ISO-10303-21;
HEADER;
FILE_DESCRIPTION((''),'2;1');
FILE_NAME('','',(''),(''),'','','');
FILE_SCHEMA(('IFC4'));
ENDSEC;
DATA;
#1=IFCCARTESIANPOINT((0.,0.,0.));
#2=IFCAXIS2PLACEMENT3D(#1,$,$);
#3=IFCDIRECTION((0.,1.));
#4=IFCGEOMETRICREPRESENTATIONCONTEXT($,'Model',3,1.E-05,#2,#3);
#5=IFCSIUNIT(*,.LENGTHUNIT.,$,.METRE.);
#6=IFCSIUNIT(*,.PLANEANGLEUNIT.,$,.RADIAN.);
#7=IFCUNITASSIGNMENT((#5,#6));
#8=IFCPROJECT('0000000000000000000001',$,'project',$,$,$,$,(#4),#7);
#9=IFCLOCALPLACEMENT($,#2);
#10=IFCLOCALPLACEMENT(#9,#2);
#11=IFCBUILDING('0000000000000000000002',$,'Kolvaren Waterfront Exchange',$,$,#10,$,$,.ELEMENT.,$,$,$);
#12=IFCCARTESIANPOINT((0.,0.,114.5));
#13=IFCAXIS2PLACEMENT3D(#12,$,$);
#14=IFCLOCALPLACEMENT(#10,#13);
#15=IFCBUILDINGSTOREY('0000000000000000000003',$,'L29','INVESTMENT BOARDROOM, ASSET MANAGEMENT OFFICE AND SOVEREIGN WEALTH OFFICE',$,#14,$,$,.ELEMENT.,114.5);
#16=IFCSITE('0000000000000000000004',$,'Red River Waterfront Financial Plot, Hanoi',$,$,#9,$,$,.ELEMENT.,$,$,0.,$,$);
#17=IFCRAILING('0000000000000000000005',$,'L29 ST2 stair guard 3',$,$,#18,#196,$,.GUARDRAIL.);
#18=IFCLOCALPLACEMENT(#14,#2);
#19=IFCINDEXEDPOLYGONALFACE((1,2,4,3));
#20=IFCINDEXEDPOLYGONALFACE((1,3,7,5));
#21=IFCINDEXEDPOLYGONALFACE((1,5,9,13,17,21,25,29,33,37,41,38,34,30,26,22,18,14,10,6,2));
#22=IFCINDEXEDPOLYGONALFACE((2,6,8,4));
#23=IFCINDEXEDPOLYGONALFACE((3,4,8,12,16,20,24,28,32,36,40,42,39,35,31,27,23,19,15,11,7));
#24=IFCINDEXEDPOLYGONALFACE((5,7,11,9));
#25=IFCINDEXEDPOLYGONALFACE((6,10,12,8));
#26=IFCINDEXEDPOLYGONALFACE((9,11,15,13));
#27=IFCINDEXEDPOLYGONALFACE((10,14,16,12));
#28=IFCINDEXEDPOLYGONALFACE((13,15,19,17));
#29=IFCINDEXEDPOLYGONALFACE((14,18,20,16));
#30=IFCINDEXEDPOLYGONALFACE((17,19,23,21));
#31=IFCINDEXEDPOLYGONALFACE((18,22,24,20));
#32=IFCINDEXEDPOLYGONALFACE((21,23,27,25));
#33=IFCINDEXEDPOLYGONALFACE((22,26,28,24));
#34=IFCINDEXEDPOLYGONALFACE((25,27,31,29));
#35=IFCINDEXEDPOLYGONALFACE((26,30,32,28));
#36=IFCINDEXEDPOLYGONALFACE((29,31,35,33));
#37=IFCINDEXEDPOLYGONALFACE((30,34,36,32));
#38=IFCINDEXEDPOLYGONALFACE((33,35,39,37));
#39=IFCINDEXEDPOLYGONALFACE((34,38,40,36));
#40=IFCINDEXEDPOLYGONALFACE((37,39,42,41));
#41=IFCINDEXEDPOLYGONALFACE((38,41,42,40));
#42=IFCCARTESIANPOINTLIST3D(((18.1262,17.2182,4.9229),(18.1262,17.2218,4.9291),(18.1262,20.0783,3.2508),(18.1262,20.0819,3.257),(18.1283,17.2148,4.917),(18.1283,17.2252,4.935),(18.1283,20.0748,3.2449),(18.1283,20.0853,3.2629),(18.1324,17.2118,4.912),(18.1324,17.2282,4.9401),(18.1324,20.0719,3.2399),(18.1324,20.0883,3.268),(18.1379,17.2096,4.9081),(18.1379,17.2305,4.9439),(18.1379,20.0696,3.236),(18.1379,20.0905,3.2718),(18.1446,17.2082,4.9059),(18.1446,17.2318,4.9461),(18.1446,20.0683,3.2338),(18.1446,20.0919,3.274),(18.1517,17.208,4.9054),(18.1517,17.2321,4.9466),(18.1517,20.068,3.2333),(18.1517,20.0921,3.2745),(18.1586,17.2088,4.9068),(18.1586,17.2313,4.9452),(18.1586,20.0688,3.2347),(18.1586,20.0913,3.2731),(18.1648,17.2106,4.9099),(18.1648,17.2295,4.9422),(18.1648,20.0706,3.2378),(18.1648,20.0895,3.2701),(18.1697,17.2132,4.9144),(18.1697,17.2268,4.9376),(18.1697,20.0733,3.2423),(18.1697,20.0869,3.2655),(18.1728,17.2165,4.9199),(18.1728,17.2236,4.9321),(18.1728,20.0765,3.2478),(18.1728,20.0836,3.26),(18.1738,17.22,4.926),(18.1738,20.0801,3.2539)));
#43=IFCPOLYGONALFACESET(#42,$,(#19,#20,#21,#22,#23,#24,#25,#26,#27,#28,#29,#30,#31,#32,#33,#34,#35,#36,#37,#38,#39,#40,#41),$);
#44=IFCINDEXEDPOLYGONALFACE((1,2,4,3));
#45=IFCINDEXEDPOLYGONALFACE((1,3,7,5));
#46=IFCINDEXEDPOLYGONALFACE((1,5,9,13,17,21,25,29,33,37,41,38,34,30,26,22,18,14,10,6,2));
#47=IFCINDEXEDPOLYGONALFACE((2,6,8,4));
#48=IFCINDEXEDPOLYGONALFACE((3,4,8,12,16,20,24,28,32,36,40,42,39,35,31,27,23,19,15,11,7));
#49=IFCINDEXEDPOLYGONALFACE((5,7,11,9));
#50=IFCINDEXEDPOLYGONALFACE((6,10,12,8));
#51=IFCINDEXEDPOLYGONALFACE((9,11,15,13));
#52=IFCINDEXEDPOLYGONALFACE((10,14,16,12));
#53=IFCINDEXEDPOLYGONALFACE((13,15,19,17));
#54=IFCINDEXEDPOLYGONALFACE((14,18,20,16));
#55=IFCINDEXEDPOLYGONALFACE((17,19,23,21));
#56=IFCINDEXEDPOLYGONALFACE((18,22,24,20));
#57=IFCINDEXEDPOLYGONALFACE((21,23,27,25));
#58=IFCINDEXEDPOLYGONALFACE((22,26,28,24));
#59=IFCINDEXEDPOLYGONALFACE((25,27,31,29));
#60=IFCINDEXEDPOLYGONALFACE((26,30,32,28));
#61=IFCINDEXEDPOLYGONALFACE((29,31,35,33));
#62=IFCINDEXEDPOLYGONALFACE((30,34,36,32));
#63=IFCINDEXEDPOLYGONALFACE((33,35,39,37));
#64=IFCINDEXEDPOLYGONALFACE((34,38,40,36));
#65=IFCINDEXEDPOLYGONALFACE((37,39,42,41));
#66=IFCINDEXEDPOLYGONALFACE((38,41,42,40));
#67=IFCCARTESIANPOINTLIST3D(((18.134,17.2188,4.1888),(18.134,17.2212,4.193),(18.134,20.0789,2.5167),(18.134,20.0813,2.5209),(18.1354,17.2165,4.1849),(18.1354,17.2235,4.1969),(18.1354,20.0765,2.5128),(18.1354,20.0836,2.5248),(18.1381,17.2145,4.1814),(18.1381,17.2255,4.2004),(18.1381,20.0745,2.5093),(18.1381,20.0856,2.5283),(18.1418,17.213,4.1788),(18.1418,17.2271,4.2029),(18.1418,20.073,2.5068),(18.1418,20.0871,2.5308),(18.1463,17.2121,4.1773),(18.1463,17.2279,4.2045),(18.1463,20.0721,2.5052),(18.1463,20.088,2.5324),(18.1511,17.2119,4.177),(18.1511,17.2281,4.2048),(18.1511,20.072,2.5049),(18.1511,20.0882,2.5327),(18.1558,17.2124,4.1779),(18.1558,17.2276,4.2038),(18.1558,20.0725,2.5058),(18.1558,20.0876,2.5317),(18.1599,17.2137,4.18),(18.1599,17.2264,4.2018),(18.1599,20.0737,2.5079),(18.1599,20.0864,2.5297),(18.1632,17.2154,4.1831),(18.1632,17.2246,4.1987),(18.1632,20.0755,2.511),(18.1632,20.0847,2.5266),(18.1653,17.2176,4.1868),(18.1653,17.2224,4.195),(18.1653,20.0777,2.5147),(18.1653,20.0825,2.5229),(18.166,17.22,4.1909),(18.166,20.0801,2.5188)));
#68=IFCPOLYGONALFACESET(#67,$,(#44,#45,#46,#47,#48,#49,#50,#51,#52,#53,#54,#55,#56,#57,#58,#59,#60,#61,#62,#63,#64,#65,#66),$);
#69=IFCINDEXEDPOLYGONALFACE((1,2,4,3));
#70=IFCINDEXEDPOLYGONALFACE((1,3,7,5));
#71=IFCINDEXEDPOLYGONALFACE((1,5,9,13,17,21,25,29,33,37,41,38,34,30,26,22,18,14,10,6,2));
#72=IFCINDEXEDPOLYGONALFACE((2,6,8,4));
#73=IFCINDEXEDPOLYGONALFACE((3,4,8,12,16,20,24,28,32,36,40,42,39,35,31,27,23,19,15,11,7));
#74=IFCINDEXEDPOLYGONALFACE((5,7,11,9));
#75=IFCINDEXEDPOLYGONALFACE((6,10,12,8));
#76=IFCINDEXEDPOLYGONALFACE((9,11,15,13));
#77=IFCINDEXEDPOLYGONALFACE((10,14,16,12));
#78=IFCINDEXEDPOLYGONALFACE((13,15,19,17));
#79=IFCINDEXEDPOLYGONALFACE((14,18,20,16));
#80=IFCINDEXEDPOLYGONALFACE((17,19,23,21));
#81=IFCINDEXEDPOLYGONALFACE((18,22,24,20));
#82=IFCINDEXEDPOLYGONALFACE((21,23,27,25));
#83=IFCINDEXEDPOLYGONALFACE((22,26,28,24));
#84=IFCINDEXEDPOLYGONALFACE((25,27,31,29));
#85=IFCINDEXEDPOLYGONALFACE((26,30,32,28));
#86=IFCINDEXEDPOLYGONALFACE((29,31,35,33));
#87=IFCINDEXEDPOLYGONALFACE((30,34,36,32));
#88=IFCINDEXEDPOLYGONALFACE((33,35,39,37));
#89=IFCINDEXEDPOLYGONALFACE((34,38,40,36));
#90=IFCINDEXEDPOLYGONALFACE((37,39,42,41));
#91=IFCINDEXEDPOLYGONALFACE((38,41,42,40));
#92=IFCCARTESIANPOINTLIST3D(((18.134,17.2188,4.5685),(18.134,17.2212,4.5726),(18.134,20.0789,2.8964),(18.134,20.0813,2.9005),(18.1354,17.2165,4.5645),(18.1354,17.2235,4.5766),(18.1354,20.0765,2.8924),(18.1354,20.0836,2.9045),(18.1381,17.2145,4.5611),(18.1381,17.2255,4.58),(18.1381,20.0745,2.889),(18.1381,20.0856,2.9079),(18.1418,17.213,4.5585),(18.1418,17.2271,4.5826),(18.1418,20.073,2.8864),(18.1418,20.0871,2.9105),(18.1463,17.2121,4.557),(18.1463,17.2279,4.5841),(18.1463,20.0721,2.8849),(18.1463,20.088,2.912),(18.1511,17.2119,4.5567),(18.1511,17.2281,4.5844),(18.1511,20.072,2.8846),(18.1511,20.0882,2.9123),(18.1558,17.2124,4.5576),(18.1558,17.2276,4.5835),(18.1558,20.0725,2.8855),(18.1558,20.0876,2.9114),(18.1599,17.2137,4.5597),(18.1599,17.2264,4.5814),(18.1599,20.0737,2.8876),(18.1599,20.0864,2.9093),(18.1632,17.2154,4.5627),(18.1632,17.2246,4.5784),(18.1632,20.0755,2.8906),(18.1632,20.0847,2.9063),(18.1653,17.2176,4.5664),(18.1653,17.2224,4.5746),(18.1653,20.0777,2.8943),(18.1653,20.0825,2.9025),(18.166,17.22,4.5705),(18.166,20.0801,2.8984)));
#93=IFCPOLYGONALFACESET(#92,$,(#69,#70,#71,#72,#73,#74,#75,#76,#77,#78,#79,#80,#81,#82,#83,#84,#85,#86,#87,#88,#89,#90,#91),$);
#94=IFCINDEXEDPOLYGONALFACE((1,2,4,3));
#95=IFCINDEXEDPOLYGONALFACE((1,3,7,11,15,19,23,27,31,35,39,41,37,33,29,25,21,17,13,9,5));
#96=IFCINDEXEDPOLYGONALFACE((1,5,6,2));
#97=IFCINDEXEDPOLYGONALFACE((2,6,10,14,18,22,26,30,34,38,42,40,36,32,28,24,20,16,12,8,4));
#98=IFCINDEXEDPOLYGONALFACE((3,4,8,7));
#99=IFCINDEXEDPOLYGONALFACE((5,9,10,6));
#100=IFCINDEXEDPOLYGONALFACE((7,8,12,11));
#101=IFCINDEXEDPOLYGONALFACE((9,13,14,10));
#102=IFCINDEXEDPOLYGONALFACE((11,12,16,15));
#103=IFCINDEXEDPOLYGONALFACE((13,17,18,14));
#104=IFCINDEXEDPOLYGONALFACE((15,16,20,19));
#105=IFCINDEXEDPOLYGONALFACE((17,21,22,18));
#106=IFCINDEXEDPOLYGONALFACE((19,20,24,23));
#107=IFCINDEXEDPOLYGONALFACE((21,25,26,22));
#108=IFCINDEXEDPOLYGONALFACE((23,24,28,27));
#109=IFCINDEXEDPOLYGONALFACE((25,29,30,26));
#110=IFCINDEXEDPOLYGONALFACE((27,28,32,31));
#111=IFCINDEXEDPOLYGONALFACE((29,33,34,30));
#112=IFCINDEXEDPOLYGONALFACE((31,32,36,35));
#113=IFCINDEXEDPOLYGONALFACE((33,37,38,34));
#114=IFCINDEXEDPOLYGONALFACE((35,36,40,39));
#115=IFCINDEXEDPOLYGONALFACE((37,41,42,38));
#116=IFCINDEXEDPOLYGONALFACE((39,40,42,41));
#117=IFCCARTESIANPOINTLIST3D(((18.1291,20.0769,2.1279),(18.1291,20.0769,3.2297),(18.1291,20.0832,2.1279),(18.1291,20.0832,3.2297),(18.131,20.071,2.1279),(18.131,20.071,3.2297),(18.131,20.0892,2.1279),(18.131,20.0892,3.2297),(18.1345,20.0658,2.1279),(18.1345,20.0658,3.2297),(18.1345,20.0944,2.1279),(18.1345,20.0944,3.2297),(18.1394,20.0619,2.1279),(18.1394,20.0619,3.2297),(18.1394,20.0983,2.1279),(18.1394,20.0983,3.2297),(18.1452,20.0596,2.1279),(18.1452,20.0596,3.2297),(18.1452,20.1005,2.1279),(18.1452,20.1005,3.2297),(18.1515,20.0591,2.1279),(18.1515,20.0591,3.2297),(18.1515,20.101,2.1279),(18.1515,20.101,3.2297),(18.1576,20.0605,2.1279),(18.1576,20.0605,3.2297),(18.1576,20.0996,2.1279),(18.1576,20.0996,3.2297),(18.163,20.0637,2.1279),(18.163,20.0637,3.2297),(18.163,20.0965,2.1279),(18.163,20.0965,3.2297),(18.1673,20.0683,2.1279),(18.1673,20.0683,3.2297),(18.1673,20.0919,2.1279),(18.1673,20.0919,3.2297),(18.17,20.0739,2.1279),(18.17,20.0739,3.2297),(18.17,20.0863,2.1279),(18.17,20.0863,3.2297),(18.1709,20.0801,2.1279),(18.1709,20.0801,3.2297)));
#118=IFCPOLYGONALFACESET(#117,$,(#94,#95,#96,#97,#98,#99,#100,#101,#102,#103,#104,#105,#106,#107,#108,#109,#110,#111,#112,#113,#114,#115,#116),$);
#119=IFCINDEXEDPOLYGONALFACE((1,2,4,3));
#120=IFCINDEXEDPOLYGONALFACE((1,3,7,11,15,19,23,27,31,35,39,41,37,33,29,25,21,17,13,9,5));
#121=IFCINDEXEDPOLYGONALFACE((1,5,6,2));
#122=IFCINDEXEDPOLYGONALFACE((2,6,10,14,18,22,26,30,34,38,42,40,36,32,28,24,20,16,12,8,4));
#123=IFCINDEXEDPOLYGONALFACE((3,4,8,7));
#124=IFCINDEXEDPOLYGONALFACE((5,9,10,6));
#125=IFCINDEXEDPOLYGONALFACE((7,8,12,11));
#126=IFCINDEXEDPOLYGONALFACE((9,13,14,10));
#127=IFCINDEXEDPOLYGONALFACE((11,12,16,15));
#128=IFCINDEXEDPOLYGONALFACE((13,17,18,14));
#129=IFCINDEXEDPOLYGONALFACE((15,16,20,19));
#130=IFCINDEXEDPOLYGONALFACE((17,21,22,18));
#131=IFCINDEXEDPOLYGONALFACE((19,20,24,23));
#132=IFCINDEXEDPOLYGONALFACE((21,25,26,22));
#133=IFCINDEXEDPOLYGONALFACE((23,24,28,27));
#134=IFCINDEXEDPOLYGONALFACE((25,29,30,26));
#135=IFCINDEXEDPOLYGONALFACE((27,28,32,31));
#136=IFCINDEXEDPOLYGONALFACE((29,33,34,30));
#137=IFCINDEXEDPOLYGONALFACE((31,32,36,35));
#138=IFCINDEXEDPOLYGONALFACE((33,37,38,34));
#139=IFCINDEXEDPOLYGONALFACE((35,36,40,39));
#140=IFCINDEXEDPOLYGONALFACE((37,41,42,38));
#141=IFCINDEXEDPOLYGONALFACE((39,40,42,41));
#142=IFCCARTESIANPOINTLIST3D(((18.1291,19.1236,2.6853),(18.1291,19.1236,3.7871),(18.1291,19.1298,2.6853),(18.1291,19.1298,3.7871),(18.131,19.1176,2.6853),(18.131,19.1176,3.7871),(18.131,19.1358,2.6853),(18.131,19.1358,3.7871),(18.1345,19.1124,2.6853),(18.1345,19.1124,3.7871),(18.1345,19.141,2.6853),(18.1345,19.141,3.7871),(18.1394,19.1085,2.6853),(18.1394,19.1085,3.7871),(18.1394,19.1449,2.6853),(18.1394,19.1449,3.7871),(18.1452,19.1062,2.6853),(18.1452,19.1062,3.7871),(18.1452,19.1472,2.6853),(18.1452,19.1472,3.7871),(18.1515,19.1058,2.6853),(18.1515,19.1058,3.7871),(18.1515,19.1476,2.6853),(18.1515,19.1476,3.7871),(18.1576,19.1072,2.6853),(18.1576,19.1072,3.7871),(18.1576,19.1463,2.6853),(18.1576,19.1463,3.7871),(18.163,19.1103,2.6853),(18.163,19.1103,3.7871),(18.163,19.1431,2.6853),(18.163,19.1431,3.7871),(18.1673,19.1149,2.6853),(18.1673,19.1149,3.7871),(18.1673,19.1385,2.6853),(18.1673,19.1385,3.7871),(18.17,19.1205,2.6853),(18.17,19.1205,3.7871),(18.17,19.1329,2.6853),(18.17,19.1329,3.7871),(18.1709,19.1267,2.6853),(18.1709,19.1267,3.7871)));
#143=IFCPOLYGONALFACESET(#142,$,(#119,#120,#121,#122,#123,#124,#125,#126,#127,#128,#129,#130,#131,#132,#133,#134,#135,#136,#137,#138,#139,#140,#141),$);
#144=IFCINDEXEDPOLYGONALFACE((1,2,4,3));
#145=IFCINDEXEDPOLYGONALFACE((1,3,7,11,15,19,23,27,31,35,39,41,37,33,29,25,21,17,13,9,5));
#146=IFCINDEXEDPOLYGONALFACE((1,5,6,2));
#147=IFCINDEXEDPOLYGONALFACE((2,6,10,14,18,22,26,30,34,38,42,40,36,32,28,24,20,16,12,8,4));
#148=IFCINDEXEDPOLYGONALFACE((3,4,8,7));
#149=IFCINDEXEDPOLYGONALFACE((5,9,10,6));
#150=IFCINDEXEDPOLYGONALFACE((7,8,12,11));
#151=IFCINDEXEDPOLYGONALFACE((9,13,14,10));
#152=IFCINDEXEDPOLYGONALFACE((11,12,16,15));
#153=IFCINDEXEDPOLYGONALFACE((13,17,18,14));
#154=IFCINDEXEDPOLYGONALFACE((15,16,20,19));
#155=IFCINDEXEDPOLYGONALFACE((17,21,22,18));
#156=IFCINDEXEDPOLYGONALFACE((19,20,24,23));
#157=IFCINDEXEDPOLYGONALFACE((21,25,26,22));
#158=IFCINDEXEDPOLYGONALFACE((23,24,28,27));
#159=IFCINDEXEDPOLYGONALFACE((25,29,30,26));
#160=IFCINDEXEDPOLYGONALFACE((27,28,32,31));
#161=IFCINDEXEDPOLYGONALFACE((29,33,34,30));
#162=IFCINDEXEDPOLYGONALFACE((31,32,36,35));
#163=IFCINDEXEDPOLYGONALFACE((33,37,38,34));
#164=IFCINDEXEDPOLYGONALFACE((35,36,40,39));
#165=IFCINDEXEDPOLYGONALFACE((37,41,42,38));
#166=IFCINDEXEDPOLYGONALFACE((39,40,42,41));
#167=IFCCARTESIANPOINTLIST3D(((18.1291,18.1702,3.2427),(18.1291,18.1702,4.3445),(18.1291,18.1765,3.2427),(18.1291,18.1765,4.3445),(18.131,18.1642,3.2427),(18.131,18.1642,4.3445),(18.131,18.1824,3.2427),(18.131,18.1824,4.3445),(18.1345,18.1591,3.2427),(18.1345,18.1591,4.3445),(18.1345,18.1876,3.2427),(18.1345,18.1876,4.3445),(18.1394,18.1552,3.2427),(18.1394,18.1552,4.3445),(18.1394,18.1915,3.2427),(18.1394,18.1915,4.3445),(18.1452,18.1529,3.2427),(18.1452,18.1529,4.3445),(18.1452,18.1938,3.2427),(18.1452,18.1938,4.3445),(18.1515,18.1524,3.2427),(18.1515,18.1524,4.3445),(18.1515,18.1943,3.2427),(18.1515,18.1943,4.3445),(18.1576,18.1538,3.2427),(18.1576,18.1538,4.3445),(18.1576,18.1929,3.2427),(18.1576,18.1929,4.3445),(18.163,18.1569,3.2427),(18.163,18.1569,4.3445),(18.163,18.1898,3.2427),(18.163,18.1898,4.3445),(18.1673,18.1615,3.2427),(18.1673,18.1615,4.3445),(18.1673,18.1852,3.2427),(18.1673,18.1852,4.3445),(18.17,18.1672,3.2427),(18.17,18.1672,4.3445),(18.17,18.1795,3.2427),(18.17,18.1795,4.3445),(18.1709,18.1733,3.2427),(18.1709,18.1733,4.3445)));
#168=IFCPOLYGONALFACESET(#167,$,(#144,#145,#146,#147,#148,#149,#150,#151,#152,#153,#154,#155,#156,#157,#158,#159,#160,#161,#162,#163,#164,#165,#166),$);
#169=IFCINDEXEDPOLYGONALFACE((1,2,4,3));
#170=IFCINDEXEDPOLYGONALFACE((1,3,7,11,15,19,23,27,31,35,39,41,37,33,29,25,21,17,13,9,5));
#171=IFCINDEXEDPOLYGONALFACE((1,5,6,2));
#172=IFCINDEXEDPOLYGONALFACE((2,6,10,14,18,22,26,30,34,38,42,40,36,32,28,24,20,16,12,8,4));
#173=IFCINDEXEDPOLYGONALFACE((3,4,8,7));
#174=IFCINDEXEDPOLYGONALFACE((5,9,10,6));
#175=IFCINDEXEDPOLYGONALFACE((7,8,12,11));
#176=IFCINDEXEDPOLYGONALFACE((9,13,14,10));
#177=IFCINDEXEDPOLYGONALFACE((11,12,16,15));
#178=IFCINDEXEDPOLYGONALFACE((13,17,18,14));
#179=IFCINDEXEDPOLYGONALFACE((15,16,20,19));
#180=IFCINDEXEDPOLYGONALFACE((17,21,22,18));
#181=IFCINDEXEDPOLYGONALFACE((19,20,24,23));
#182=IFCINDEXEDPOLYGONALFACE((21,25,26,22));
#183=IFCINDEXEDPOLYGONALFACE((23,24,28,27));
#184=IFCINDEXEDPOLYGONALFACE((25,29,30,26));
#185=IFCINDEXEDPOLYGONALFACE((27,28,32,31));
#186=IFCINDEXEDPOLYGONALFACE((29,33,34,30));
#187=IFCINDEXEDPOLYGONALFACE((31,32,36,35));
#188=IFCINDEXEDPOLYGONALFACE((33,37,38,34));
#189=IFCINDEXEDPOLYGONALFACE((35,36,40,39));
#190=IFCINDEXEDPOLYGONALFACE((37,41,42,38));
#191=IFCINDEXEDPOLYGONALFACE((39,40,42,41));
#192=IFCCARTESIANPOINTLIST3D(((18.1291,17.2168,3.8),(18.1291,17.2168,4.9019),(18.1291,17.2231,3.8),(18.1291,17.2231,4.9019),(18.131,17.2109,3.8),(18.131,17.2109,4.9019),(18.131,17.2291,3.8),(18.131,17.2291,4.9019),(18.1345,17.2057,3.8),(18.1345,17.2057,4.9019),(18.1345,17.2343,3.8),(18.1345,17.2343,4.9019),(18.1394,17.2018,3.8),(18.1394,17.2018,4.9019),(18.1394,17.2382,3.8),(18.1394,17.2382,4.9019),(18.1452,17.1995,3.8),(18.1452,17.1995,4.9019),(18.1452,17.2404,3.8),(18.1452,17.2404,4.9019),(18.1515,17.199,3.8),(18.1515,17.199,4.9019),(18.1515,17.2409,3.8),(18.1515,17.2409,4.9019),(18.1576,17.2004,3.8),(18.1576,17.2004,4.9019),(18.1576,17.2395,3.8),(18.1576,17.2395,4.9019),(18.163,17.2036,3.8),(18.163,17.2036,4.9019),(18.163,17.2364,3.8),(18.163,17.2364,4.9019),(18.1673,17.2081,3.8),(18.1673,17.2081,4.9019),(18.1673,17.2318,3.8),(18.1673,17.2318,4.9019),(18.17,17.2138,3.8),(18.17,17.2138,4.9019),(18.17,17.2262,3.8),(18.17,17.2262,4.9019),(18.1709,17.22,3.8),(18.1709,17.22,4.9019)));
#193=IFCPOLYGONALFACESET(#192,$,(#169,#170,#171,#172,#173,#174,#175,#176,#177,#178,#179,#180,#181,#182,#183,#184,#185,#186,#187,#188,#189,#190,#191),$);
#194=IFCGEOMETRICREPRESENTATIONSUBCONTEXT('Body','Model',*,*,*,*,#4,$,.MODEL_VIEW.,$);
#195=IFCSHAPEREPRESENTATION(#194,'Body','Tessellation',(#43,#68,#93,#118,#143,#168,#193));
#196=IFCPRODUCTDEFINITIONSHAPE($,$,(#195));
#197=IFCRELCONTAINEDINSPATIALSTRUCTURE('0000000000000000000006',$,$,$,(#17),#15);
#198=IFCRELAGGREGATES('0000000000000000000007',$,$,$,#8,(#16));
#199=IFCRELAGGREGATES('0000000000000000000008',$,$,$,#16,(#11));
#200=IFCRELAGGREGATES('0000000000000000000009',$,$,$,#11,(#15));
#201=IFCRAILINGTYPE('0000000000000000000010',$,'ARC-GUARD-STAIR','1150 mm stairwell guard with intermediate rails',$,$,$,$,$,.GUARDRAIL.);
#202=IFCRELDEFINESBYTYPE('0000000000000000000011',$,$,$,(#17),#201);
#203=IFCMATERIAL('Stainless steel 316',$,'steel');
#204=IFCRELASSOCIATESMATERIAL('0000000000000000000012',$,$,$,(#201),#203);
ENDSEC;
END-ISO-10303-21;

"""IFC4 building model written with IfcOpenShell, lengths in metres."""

from ifc_helpers import new_model, si_unit, direction, frame, origin, origin_2d, place, context, subcontext, project, spatial, circle, extrude, material, type_object, element, save


model = new_model("IFC4")

# Units and contexts
model_context = context("Model", 3, precision=1e-05, world=origin(), true_north=direction((0.0, 1.0)))
body_context = subcontext(model_context, "Body", "Model", "MODEL_VIEW")
ifc_project = project(units=[si_unit("LENGTHUNIT", "METRE"), si_unit("PLANEANGLEUNIT", "RADIAN")], contexts=[model_context])

# Site, building, storey
site_placement = place(None, origin())
site = spatial("IfcSite", under=ifc_project, at=site_placement, Name="Red River Waterfront Financial Plot, Hanoi", CompositionType="ELEMENT", RefElevation=0.0)
building_placement = place(site_placement, origin())
building = spatial("IfcBuilding", under=site, at=building_placement, Name="Kolvaren Waterfront Exchange", CompositionType="ELEMENT")
storey_placement = place(building_placement, frame((0.0, 0.0, 114.5)))
storey = spatial("IfcBuildingStorey", under=building, at=storey_placement, Name="L29", Description="INVESTMENT BOARDROOM, ASSET MANAGEMENT OFFICE AND SOVEREIGN WEALTH OFFICE", CompositionType="ELEMENT", Elevation=114.5)

# Railing
ifc_material_1 = material(Name="Stainless steel 316", Category="steel")
railing_type_1 = type_object("IfcRailingType", Name="ARC-GUARD-STAIR", Description="1150 mm stairwell guard with intermediate rails", PredefinedType="GUARDRAIL", material=ifc_material_1)
railing_1_placement = place(storey_placement, frame((18.1499, 20.0801, 2.1279)))
element("IfcRailing", 1, at=railing_1_placement, inside=storey, type_object=railing_type_1, Name="L29 ST2 stair guard 3", PredefinedType="GUARDRAIL", context=body_context, shape_type="SweptSolid", body=[
    extrude(circle(Radius=0.0239, at=origin_2d()), frame((0.0, 0.0, 1.126), z_axis=(0.0, -0.863289, 0.504709), x_axis=(1.0, 0.0, 0.0)), (0.0, 0.0, 1.0), 3.313),
    extrude(circle(Radius=0.0161, at=origin_2d()), frame((0.0, 0.0, 0.3909), z_axis=(0.0, -0.863289, 0.504709), x_axis=(1.0, 0.0, 0.0)), (0.0, 0.0, 1.0), 3.313),
    extrude(circle(Radius=0.0161, at=origin_2d()), frame((0.0, 0.0, 0.7705), z_axis=(0.0, -0.863289, 0.504709), x_axis=(1.0, 0.0, 0.0)), (0.0, 0.0, 1.0), 3.313),
    extrude(circle(Radius=0.021, at=origin_2d()), origin(), (0.0, 0.0, 1.0), 1.1018),
    extrude(circle(Radius=0.021, at=origin_2d()), frame((0.0, -0.9534, 0.5574)), (0.0, 0.0, 1.0), 1.1018),
    extrude(circle(Radius=0.021, at=origin_2d()), frame((0.0, -1.9067, 1.1147)), (0.0, 0.0, 1.0), 1.1018),
    extrude(circle(Radius=0.021, at=origin_2d()), frame((0.0, -2.8601, 1.6721)), (0.0, 0.0, 1.0), 1.1018),
])

save(model, "model.ifc")
